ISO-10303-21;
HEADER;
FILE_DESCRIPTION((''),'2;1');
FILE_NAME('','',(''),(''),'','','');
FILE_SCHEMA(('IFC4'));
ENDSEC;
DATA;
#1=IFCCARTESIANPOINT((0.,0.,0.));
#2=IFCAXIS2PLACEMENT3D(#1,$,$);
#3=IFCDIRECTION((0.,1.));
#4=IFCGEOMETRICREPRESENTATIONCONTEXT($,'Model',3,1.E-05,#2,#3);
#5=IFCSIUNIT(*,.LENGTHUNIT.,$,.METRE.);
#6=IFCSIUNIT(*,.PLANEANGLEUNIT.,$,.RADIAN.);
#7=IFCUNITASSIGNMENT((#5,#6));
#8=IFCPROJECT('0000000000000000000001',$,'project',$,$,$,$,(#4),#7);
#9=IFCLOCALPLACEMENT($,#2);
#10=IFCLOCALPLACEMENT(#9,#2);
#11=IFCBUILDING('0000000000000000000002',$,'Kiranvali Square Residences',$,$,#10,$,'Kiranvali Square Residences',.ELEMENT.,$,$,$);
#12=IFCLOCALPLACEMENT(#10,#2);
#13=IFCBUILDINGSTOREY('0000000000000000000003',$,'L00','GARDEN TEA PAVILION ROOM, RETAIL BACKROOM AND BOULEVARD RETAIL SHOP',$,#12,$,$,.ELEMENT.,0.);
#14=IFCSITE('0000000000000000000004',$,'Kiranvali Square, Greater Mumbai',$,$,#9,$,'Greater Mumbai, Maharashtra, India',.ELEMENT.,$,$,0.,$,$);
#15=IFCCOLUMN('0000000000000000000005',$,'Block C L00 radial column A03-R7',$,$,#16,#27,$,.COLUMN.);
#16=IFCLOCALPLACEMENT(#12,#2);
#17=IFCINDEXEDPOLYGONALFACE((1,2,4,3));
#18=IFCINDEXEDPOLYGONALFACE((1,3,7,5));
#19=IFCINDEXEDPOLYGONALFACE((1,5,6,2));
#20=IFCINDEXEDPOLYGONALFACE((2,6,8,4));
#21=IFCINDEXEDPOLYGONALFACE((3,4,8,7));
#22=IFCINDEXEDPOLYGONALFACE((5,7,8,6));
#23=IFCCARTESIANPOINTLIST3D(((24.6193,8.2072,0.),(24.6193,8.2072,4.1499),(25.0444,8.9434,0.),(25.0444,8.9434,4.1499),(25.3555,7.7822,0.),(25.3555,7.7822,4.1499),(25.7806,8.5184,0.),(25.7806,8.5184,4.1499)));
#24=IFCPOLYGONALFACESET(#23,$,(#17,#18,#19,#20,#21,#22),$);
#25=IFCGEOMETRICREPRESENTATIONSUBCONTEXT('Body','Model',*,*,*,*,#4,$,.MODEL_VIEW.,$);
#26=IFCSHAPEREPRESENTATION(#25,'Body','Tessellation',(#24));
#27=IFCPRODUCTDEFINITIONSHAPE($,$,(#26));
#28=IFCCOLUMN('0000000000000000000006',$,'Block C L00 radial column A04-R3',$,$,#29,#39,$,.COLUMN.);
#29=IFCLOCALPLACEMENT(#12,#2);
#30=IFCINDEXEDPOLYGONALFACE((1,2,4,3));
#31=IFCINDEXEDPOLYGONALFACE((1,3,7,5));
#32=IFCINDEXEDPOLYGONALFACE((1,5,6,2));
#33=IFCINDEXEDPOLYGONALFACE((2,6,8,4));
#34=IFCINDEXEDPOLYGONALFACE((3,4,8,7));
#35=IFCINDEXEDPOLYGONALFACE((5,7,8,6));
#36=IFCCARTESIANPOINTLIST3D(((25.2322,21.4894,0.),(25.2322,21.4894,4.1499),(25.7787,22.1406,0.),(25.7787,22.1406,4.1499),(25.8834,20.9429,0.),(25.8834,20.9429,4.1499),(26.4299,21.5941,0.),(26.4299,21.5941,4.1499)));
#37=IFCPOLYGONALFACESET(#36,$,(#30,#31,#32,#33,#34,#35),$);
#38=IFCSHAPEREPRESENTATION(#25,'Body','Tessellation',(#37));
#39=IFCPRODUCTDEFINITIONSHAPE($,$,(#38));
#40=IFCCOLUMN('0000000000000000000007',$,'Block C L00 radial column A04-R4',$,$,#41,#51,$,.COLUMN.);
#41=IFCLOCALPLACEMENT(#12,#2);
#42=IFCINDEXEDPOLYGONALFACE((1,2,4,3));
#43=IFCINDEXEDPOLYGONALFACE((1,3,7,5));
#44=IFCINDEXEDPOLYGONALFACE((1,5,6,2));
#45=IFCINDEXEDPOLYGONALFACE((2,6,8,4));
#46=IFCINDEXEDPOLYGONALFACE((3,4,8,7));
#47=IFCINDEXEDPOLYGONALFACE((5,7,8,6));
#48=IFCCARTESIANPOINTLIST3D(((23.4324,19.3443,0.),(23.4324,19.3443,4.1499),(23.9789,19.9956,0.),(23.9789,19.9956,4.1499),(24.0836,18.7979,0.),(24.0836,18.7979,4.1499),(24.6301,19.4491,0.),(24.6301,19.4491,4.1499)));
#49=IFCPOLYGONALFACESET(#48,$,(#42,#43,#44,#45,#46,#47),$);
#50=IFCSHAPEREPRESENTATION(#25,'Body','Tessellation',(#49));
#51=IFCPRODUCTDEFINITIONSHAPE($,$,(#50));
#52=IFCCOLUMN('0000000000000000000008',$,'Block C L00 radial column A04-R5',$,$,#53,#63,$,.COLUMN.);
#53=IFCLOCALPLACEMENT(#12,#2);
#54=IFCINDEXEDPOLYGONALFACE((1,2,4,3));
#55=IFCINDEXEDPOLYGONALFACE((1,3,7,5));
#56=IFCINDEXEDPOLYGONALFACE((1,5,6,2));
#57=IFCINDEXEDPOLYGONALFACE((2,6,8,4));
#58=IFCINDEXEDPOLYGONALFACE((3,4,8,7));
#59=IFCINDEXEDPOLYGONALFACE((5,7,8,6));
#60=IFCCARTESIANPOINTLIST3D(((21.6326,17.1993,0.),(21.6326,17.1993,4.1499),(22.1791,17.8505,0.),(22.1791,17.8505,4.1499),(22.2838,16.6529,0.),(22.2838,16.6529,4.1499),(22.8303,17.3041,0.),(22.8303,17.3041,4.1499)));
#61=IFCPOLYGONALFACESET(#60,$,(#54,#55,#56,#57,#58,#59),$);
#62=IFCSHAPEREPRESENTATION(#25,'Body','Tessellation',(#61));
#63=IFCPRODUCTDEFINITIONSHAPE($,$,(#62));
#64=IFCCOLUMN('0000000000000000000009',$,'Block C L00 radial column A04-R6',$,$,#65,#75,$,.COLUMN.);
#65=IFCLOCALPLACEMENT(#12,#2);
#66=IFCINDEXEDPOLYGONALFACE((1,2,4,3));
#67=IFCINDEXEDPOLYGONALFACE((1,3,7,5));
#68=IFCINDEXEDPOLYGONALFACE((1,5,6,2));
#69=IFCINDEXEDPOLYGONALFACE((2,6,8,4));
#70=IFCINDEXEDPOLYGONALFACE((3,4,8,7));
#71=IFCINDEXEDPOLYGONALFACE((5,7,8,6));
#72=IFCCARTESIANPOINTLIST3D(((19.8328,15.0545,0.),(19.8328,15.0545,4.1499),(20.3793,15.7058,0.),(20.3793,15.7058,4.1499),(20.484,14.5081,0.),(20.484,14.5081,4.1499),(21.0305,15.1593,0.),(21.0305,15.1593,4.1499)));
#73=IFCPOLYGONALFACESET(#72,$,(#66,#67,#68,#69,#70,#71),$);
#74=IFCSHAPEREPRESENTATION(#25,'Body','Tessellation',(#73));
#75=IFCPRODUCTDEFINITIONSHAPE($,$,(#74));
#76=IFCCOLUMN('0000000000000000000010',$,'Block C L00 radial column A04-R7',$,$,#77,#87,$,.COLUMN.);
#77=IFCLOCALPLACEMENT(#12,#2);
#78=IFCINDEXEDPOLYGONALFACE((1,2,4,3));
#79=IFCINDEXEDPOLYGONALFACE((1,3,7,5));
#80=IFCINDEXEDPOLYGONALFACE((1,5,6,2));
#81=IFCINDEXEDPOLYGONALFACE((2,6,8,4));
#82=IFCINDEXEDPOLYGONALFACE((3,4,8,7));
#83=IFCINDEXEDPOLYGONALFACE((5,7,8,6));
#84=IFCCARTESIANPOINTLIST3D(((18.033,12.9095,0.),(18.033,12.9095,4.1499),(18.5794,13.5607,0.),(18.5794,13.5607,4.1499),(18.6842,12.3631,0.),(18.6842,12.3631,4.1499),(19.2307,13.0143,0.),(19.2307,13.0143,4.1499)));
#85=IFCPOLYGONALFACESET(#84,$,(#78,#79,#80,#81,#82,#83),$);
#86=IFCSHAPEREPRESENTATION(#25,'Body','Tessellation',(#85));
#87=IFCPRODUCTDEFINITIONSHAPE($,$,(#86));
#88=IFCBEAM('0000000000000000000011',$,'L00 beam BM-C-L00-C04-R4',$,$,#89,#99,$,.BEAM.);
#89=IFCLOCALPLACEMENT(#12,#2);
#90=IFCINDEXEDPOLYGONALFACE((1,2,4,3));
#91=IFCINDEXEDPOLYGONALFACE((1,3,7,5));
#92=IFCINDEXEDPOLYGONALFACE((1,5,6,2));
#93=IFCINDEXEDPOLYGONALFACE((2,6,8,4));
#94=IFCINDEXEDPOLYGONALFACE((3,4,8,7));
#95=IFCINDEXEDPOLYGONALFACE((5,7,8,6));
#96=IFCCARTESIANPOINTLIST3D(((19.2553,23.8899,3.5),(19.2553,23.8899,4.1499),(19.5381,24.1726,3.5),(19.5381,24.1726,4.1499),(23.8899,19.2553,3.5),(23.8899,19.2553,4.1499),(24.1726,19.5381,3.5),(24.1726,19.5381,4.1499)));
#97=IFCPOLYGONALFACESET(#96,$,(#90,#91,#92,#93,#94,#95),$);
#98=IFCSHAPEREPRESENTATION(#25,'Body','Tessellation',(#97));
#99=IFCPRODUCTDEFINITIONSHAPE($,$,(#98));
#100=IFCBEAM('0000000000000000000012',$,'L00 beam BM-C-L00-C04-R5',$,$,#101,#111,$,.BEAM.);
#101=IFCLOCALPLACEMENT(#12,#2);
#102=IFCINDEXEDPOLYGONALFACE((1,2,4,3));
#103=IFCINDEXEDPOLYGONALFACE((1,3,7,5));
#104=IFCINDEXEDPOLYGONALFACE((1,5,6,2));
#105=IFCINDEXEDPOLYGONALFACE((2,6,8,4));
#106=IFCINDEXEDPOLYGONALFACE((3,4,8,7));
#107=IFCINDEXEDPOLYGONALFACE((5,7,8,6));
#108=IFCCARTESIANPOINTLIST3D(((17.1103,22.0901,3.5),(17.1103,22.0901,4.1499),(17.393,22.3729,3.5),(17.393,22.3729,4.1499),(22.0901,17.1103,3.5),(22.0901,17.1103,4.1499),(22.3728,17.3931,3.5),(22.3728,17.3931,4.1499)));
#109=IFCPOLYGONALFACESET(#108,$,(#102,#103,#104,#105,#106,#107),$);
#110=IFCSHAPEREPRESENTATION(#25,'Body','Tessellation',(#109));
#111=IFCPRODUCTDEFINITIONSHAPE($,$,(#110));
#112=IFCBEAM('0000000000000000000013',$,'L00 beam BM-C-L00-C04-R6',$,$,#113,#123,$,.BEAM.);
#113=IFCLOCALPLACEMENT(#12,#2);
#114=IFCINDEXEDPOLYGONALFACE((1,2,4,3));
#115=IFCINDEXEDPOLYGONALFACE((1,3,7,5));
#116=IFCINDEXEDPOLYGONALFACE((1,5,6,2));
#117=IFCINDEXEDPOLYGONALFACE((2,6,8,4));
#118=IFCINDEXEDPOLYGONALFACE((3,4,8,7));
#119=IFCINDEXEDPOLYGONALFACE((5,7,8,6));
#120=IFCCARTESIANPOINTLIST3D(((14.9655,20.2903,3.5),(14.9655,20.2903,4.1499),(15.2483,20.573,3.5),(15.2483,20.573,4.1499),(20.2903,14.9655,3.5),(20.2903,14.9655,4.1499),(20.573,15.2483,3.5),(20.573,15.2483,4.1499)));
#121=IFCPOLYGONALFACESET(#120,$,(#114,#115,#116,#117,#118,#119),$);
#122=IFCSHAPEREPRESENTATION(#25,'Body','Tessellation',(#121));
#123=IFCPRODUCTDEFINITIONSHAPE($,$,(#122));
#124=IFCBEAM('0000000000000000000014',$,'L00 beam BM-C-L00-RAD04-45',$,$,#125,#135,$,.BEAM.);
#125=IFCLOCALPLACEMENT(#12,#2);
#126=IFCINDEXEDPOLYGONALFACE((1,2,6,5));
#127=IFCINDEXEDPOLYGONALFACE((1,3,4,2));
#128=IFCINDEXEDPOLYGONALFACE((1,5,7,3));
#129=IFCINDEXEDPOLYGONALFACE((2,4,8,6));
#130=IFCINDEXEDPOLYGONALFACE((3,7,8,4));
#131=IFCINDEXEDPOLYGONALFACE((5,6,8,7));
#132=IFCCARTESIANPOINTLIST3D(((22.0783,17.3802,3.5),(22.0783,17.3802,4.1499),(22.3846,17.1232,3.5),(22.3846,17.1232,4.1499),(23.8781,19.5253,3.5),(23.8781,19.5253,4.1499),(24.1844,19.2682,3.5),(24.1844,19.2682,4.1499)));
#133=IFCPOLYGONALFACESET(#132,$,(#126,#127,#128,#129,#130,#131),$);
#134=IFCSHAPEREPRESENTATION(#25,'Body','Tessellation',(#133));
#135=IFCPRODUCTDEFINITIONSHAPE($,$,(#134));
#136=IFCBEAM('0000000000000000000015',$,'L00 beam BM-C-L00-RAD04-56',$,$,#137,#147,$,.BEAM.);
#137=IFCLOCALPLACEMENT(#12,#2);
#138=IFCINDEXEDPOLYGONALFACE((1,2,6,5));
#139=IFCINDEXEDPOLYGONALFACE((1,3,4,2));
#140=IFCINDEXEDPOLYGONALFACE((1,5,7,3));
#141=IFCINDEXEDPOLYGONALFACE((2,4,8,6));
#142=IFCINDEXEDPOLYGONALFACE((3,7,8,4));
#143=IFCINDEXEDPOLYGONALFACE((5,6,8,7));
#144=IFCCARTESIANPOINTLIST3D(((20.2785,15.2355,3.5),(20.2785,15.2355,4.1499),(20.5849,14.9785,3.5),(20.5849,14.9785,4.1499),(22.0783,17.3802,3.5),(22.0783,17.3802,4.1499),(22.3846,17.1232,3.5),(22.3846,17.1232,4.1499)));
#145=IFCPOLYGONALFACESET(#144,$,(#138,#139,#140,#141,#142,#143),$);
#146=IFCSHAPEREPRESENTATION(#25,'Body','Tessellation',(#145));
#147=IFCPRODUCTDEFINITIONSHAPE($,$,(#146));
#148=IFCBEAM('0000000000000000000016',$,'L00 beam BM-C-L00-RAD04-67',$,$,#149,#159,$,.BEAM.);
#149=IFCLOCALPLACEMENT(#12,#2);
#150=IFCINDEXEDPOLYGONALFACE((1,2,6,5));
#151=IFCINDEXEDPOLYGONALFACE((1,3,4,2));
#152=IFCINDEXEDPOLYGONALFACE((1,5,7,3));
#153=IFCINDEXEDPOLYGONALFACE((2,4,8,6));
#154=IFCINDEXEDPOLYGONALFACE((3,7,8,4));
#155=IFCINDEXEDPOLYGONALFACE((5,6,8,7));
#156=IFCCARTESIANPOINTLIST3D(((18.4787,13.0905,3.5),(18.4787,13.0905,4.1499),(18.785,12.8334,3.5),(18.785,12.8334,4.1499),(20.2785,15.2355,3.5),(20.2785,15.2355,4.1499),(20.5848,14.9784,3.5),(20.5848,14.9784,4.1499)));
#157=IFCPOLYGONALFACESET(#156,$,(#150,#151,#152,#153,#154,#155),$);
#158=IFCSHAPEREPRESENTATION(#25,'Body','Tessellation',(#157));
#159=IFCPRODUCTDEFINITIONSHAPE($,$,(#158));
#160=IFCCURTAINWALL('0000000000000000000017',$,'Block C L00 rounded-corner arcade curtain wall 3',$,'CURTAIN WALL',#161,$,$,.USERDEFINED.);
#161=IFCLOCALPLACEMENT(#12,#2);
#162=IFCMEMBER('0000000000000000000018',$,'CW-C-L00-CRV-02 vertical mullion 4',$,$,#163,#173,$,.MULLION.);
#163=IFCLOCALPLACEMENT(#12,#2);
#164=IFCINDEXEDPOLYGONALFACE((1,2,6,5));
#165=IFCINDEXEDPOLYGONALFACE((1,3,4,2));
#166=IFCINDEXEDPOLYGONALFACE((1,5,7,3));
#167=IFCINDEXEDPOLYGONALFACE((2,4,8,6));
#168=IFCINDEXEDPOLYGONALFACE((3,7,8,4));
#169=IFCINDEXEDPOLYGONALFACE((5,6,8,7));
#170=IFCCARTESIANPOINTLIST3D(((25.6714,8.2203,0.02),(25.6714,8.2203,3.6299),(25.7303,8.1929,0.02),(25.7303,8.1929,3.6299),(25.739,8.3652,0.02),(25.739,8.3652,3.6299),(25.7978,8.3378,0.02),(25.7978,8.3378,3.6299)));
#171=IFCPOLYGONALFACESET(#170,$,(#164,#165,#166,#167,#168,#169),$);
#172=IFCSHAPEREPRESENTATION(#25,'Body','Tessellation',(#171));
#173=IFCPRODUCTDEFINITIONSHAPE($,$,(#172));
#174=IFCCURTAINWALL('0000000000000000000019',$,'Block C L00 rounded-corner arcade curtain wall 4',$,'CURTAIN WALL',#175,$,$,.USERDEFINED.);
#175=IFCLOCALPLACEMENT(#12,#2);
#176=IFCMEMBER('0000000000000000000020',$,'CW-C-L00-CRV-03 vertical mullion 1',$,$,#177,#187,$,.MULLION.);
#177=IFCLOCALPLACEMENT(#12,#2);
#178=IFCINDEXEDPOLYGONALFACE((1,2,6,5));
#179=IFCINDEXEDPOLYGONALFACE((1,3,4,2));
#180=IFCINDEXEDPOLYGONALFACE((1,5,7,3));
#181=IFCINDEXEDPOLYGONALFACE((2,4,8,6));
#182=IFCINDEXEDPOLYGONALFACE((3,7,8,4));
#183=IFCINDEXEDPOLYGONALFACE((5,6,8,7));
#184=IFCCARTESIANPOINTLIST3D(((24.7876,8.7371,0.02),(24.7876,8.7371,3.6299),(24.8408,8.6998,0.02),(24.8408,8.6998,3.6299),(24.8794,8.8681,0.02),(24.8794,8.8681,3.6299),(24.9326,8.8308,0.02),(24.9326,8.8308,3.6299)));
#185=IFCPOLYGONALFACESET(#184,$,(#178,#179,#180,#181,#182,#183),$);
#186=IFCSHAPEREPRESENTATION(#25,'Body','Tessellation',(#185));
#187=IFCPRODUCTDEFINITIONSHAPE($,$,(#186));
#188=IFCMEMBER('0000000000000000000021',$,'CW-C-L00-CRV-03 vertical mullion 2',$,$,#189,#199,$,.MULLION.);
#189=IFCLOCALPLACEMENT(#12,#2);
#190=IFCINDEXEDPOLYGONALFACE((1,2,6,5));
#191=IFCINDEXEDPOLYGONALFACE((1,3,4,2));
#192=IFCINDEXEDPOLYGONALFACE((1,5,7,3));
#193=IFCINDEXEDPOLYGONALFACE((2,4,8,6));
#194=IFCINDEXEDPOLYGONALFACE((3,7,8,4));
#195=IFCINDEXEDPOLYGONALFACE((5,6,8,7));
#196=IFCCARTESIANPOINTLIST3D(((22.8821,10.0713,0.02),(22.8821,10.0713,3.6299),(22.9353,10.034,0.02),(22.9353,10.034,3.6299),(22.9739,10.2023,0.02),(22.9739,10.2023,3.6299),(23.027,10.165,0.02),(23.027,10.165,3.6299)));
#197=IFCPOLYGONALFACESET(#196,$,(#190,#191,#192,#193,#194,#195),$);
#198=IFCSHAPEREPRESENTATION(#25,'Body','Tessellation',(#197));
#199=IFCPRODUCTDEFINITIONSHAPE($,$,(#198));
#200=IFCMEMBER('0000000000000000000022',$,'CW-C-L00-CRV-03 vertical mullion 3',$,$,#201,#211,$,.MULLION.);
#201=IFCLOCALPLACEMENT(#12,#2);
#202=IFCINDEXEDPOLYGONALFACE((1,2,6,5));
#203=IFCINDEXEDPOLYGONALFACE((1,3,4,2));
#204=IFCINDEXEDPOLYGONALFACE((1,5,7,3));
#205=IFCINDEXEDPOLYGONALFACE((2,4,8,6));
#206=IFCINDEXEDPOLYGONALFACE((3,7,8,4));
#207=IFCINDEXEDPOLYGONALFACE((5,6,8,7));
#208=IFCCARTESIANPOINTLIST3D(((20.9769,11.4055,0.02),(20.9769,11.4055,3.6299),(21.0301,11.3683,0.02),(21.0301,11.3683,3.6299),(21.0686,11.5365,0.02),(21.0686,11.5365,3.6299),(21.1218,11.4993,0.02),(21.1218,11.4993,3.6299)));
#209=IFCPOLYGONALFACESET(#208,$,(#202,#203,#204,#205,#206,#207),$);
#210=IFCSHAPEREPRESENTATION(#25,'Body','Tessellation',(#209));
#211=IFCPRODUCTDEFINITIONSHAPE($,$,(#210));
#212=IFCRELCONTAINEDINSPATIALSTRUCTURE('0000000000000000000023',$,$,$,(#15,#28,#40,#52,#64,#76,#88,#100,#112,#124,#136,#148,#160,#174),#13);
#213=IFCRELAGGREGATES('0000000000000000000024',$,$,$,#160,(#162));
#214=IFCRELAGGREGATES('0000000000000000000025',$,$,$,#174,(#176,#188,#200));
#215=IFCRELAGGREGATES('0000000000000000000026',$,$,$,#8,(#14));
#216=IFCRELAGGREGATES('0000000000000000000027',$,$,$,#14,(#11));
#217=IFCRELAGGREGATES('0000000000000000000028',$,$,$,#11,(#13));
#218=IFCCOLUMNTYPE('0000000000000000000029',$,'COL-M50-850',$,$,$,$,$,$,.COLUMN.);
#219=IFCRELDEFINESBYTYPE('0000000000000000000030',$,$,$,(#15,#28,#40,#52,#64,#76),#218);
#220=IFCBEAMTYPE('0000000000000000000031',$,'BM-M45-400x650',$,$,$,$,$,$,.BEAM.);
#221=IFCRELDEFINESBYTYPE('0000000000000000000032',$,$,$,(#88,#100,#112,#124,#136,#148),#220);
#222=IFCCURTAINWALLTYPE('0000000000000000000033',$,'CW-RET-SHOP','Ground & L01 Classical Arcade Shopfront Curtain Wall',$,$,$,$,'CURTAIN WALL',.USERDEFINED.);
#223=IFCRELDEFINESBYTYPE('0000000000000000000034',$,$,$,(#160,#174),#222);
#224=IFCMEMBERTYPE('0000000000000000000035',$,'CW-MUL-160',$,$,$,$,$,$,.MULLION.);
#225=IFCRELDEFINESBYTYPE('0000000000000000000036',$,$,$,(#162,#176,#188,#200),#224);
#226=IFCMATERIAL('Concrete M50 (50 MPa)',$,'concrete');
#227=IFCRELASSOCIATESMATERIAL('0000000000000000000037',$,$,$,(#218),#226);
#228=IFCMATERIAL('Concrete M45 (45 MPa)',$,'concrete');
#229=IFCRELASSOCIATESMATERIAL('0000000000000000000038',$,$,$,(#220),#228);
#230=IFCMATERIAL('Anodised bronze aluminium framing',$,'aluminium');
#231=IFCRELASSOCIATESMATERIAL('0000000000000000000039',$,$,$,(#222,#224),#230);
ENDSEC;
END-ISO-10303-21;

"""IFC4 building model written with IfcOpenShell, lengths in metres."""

from ifc_helpers import new_model, si_unit, direction, frame, origin, origin_2d, place, context, subcontext, project, spatial, rectangle, extrude, material, material_profile, profile_set, type_object, element, aggregate, save


model = new_model("IFC4")

# Units and contexts
model_context = context("Model", 3, precision=1e-05, world=origin(), true_north=direction((0.0, 1.0)))
body_context = subcontext(model_context, "Body", "Model", "MODEL_VIEW")
ifc_project = project(units=[si_unit("LENGTHUNIT", "METRE"), si_unit("PLANEANGLEUNIT", "RADIAN")], contexts=[model_context])

# Site, building, storey
site_placement = place(None, origin())
site = spatial("IfcSite", under=ifc_project, at=site_placement, Name="Kiranvali Square, Greater Mumbai", LongName="Greater Mumbai, Maharashtra, India", CompositionType="ELEMENT", RefElevation=0.0)
building_placement = place(site_placement, origin())
building = spatial("IfcBuilding", under=site, at=building_placement, Name="Kiranvali Square Residences", LongName="Kiranvali Square Residences", CompositionType="ELEMENT")
storey_placement = place(building_placement, origin())
storey = spatial("IfcBuildingStorey", under=building, at=storey_placement, Name="L00", Description="GARDEN TEA PAVILION ROOM, RETAIL BACKROOM AND BOULEVARD RETAIL SHOP", CompositionType="ELEMENT", Elevation=0.0)

# Columns
ifc_material_1 = material(Name="Concrete M50 (50 MPa)", Category="concrete")
ifc_material_profile_1 = material_profile(ifc_material_1, rectangle(XDim=0.8501, YDim=0.8501, at=origin_2d()), Name="RC 850x850")
ifc_profile_set_1 = profile_set([ifc_material_profile_1], Name="Concrete M50 (50 MPa)")
column_type = type_object("IfcColumnType", Name="COL-M50-850", PredefinedType="COLUMN", material=ifc_profile_set_1)
for number, where, z_axis, x_axis, name in (
    (1, (25.2, 8.3628, 0.0), (0.0, 0.0, 1.0), (-0.866025, 0.5, 0.0), "Block C L00 radial column A03-R7"),
    (2, (25.8311, 21.5417, 0.0), (0.0, 0.0, 1.0), (-0.766044, 0.642788, 0.0), "Block C L00 radial column A04-R3"),
    (3, (24.0312, 19.3967, 0.0), (0.0, 0.0, 1.0), (-0.766044, 0.642788, 0.0), "Block C L00 radial column A04-R4"),
    (4, (22.2314, 17.2517, 0.0), (0.0, 0.0, 1.0), (-0.766044, 0.642788, 0.0), "Block C L00 radial column A04-R5"),
    (5, (20.4316, 15.1069, 0.0), (0.0, 0.0, 1.0), (-0.766044, 0.642788, 0.0), "Block C L00 radial column A04-R6"),
    (6, (18.6318, 12.9619, 0.0), (0.0, 0.0, 1.0), (-0.766044, 0.642788, 0.0), "Block C L00 radial column A04-R7"),
):
    element("IfcColumn", number, at=place(storey_placement, frame(where, z_axis=z_axis, x_axis=x_axis)), inside=storey, type_object=column_type, Name=name, PredefinedType="COLUMN", context=body_context, shape_type="SweptSolid", body=[
        extrude(rectangle(XDim=0.8501, YDim=0.8501, at=origin_2d()), origin(), (0.0, 0.0, 1.0), 4.1499),
    ])

# Beams
ifc_material_2 = material(Name="Concrete M45 (45 MPa)", Category="concrete")
ifc_material_profile_2 = material_profile(ifc_material_2, rectangle(XDim=0.3999, YDim=0.6499, at=origin_2d()), Name="RC 400x650")
ifc_profile_set_2 = profile_set([ifc_material_profile_2], Name="Concrete M45 (45 MPa)")
beam_type_1 = type_object("IfcBeamType", Name="BM-M45-400x650", PredefinedType="BEAM", material=ifc_profile_set_2)
beam_1_placement = place(storey_placement, frame((24.0312, 19.3967, 3.825), z_axis=(-0.707107, 0.707107, 0.0), x_axis=(-0.707107, -0.707107, 0.0)))
element("IfcBeam", 7, at=beam_1_placement, inside=storey, type_object=beam_type_1, Name="L00 beam BM-C-L00-C04-R4", PredefinedType="BEAM", context=body_context, shape_type="SweptSolid", body=[
    extrude(rectangle(XDim=0.3999, YDim=0.6499, at=origin_2d()), origin(), (0.0, 0.0, 1.0), 6.5542),
])
beam_2_placement = place(storey_placement, frame((22.2314, 17.2517, 3.825), z_axis=(-0.707107, 0.707107, 0.0), x_axis=(-0.707107, -0.707107, 0.0)))
element("IfcBeam", 8, at=beam_2_placement, inside=storey, type_object=beam_type_1, Name="L00 beam BM-C-L00-C04-R5", PredefinedType="BEAM", context=body_context, shape_type="SweptSolid", body=[
    extrude(rectangle(XDim=0.3999, YDim=0.6499, at=origin_2d()), origin(), (0.0, 0.0, 1.0), 7.0425),
])
beam_3_placement = place(storey_placement, frame((20.4316, 15.1069, 3.825), z_axis=(-0.707107, 0.707107, 0.0), x_axis=(-0.707107, -0.707107, 0.0)))
element("IfcBeam", 9, at=beam_3_placement, inside=storey, type_object=beam_type_1, Name="L00 beam BM-C-L00-C04-R6", PredefinedType="BEAM", context=body_context, shape_type="SweptSolid", body=[
    extrude(rectangle(XDim=0.3999, YDim=0.6499, at=origin_2d()), origin(), (0.0, 0.0, 1.0), 7.5303),
])
beam_4_placement = place(storey_placement, frame((24.0312, 19.3967, 3.825), z_axis=(-0.642771, -0.766059, 0.0), x_axis=(0.766059, -0.642771, 0.0)))
element("IfcBeam", 10, at=beam_4_placement, inside=storey, type_object=beam_type_1, Name="L00 beam BM-C-L00-RAD04-45", PredefinedType="BEAM", context=body_context, shape_type="SweptSolid", body=[
    extrude(rectangle(XDim=0.3999, YDim=0.6499, at=origin_2d()), origin(), (0.0, 0.0, 1.0), 2.8),
])
beam_5_placement = place(storey_placement, frame((22.2314, 17.2517, 3.825), z_axis=(-0.642814, -0.766023, 0.0), x_axis=(0.766023, -0.642814, 0.0)))
element("IfcBeam", 11, at=beam_5_placement, inside=storey, type_object=beam_type_1, Name="L00 beam BM-C-L00-RAD04-56", PredefinedType="BEAM", context=body_context, shape_type="SweptSolid", body=[
    extrude(rectangle(XDim=0.3999, YDim=0.6499, at=origin_2d()), origin(), (0.0, 0.0, 1.0), 2.7998),
])
beam_6_placement = place(storey_placement, frame((20.4316, 15.1069, 3.825), z_axis=(-0.642771, -0.766059, 0.0), x_axis=(0.766059, -0.642771, 0.0)))
element("IfcBeam", 12, at=beam_6_placement, inside=storey, type_object=beam_type_1, Name="L00 beam BM-C-L00-RAD04-67", PredefinedType="BEAM", context=body_context, shape_type="SweptSolid", body=[
    extrude(rectangle(XDim=0.3999, YDim=0.6499, at=origin_2d()), origin(), (0.0, 0.0, 1.0), 2.8),
])

# Curtain wall, member
ifc_material_3 = material(Name="Anodised bronze aluminium framing", Category="aluminium")
curtain_wall_type = type_object("IfcCurtainWallType", Name="CW-RET-SHOP", Description="Ground & L01 Classical Arcade Shopfront Curtain Wall", ElementType="CURTAIN WALL", PredefinedType="USERDEFINED", material=ifc_material_3)
curtain_wall_1_placement = place(storey_placement, origin())
curtain_wall_1 = element("IfcCurtainWall", 13, at=curtain_wall_1_placement, inside=storey, type_object=curtain_wall_type, Name="Block C L00 rounded-corner arcade curtain wall 3", ObjectType="CURTAIN WALL", PredefinedType="USERDEFINED")
ifc_material_profile_3 = material_profile(ifc_material_3, rectangle(XDim=0.0649, YDim=0.1599, at=origin_2d()), Name="ALU 65x160")
ifc_profile_set_3 = profile_set([ifc_material_profile_3], Name="Anodised bronze aluminium framing")
member_type_1 = type_object("IfcMemberType", Name="CW-MUL-160", PredefinedType="MULLION", material=ifc_profile_set_3)
member_1_placement = place(storey_placement, frame((25.7346, 8.2791, 0.02), z_axis=(0.0, 0.0, 1.0), x_axis=(-0.906308, 0.422618, 0.0)))
member_1 = element("IfcMember", 14, at=member_1_placement, type_object=member_type_1, Name="CW-C-L00-CRV-02 vertical mullion 4", PredefinedType="MULLION", context=body_context, shape_type="SweptSolid", body=[
    extrude(rectangle(XDim=0.0649, YDim=0.1599, at=origin_2d()), origin(), (0.0, 0.0, 1.0), 3.6099),
])
aggregate(curtain_wall_1, [member_1])

# Curtain wall, members
curtain_wall_2_placement = place(storey_placement, origin())
curtain_wall_2 = element("IfcCurtainWall", 15, at=curtain_wall_2_placement, inside=storey, type_object=curtain_wall_type, Name="Block C L00 rounded-corner arcade curtain wall 4", ObjectType="CURTAIN WALL", PredefinedType="USERDEFINED")
member_2_placement = place(storey_placement, frame((24.8601, 8.7839, 0.02), z_axis=(0.0, 0.0, 1.0), x_axis=(-0.819152, 0.573576, 0.0)))
member_2 = element("IfcMember", 16, at=member_2_placement, type_object=member_type_1, Name="CW-C-L00-CRV-03 vertical mullion 1", PredefinedType="MULLION", context=body_context, shape_type="SweptSolid", body=[
    extrude(rectangle(XDim=0.0649, YDim=0.1599, at=origin_2d()), origin(), (0.0, 0.0, 1.0), 3.6099),
])
member_3_placement = place(storey_placement, frame((22.9546, 10.1182, 0.02), z_axis=(0.0, 0.0, 1.0), x_axis=(-0.819152, 0.573576, 0.0)))
member_3 = element("IfcMember", 17, at=member_3_placement, type_object=member_type_1, Name="CW-C-L00-CRV-03 vertical mullion 2", PredefinedType="MULLION", context=body_context, shape_type="SweptSolid", body=[
    extrude(rectangle(XDim=0.0649, YDim=0.1599, at=origin_2d()), origin(), (0.0, 0.0, 1.0), 3.6099),
])
member_4_placement = place(storey_placement, frame((21.0493, 11.4524, 0.02), z_axis=(0.0, 0.0, 1.0), x_axis=(-0.819152, 0.573576, 0.0)))
member_4 = element("IfcMember", 18, at=member_4_placement, type_object=member_type_1, Name="CW-C-L00-CRV-03 vertical mullion 3", PredefinedType="MULLION", context=body_context, shape_type="SweptSolid", body=[
    extrude(rectangle(XDim=0.0649, YDim=0.1599, at=origin_2d()), origin(), (0.0, 0.0, 1.0), 3.6099),
])

aggregate(curtain_wall_2, [member_2, member_3, member_4])

save(model, "model.ifc")
